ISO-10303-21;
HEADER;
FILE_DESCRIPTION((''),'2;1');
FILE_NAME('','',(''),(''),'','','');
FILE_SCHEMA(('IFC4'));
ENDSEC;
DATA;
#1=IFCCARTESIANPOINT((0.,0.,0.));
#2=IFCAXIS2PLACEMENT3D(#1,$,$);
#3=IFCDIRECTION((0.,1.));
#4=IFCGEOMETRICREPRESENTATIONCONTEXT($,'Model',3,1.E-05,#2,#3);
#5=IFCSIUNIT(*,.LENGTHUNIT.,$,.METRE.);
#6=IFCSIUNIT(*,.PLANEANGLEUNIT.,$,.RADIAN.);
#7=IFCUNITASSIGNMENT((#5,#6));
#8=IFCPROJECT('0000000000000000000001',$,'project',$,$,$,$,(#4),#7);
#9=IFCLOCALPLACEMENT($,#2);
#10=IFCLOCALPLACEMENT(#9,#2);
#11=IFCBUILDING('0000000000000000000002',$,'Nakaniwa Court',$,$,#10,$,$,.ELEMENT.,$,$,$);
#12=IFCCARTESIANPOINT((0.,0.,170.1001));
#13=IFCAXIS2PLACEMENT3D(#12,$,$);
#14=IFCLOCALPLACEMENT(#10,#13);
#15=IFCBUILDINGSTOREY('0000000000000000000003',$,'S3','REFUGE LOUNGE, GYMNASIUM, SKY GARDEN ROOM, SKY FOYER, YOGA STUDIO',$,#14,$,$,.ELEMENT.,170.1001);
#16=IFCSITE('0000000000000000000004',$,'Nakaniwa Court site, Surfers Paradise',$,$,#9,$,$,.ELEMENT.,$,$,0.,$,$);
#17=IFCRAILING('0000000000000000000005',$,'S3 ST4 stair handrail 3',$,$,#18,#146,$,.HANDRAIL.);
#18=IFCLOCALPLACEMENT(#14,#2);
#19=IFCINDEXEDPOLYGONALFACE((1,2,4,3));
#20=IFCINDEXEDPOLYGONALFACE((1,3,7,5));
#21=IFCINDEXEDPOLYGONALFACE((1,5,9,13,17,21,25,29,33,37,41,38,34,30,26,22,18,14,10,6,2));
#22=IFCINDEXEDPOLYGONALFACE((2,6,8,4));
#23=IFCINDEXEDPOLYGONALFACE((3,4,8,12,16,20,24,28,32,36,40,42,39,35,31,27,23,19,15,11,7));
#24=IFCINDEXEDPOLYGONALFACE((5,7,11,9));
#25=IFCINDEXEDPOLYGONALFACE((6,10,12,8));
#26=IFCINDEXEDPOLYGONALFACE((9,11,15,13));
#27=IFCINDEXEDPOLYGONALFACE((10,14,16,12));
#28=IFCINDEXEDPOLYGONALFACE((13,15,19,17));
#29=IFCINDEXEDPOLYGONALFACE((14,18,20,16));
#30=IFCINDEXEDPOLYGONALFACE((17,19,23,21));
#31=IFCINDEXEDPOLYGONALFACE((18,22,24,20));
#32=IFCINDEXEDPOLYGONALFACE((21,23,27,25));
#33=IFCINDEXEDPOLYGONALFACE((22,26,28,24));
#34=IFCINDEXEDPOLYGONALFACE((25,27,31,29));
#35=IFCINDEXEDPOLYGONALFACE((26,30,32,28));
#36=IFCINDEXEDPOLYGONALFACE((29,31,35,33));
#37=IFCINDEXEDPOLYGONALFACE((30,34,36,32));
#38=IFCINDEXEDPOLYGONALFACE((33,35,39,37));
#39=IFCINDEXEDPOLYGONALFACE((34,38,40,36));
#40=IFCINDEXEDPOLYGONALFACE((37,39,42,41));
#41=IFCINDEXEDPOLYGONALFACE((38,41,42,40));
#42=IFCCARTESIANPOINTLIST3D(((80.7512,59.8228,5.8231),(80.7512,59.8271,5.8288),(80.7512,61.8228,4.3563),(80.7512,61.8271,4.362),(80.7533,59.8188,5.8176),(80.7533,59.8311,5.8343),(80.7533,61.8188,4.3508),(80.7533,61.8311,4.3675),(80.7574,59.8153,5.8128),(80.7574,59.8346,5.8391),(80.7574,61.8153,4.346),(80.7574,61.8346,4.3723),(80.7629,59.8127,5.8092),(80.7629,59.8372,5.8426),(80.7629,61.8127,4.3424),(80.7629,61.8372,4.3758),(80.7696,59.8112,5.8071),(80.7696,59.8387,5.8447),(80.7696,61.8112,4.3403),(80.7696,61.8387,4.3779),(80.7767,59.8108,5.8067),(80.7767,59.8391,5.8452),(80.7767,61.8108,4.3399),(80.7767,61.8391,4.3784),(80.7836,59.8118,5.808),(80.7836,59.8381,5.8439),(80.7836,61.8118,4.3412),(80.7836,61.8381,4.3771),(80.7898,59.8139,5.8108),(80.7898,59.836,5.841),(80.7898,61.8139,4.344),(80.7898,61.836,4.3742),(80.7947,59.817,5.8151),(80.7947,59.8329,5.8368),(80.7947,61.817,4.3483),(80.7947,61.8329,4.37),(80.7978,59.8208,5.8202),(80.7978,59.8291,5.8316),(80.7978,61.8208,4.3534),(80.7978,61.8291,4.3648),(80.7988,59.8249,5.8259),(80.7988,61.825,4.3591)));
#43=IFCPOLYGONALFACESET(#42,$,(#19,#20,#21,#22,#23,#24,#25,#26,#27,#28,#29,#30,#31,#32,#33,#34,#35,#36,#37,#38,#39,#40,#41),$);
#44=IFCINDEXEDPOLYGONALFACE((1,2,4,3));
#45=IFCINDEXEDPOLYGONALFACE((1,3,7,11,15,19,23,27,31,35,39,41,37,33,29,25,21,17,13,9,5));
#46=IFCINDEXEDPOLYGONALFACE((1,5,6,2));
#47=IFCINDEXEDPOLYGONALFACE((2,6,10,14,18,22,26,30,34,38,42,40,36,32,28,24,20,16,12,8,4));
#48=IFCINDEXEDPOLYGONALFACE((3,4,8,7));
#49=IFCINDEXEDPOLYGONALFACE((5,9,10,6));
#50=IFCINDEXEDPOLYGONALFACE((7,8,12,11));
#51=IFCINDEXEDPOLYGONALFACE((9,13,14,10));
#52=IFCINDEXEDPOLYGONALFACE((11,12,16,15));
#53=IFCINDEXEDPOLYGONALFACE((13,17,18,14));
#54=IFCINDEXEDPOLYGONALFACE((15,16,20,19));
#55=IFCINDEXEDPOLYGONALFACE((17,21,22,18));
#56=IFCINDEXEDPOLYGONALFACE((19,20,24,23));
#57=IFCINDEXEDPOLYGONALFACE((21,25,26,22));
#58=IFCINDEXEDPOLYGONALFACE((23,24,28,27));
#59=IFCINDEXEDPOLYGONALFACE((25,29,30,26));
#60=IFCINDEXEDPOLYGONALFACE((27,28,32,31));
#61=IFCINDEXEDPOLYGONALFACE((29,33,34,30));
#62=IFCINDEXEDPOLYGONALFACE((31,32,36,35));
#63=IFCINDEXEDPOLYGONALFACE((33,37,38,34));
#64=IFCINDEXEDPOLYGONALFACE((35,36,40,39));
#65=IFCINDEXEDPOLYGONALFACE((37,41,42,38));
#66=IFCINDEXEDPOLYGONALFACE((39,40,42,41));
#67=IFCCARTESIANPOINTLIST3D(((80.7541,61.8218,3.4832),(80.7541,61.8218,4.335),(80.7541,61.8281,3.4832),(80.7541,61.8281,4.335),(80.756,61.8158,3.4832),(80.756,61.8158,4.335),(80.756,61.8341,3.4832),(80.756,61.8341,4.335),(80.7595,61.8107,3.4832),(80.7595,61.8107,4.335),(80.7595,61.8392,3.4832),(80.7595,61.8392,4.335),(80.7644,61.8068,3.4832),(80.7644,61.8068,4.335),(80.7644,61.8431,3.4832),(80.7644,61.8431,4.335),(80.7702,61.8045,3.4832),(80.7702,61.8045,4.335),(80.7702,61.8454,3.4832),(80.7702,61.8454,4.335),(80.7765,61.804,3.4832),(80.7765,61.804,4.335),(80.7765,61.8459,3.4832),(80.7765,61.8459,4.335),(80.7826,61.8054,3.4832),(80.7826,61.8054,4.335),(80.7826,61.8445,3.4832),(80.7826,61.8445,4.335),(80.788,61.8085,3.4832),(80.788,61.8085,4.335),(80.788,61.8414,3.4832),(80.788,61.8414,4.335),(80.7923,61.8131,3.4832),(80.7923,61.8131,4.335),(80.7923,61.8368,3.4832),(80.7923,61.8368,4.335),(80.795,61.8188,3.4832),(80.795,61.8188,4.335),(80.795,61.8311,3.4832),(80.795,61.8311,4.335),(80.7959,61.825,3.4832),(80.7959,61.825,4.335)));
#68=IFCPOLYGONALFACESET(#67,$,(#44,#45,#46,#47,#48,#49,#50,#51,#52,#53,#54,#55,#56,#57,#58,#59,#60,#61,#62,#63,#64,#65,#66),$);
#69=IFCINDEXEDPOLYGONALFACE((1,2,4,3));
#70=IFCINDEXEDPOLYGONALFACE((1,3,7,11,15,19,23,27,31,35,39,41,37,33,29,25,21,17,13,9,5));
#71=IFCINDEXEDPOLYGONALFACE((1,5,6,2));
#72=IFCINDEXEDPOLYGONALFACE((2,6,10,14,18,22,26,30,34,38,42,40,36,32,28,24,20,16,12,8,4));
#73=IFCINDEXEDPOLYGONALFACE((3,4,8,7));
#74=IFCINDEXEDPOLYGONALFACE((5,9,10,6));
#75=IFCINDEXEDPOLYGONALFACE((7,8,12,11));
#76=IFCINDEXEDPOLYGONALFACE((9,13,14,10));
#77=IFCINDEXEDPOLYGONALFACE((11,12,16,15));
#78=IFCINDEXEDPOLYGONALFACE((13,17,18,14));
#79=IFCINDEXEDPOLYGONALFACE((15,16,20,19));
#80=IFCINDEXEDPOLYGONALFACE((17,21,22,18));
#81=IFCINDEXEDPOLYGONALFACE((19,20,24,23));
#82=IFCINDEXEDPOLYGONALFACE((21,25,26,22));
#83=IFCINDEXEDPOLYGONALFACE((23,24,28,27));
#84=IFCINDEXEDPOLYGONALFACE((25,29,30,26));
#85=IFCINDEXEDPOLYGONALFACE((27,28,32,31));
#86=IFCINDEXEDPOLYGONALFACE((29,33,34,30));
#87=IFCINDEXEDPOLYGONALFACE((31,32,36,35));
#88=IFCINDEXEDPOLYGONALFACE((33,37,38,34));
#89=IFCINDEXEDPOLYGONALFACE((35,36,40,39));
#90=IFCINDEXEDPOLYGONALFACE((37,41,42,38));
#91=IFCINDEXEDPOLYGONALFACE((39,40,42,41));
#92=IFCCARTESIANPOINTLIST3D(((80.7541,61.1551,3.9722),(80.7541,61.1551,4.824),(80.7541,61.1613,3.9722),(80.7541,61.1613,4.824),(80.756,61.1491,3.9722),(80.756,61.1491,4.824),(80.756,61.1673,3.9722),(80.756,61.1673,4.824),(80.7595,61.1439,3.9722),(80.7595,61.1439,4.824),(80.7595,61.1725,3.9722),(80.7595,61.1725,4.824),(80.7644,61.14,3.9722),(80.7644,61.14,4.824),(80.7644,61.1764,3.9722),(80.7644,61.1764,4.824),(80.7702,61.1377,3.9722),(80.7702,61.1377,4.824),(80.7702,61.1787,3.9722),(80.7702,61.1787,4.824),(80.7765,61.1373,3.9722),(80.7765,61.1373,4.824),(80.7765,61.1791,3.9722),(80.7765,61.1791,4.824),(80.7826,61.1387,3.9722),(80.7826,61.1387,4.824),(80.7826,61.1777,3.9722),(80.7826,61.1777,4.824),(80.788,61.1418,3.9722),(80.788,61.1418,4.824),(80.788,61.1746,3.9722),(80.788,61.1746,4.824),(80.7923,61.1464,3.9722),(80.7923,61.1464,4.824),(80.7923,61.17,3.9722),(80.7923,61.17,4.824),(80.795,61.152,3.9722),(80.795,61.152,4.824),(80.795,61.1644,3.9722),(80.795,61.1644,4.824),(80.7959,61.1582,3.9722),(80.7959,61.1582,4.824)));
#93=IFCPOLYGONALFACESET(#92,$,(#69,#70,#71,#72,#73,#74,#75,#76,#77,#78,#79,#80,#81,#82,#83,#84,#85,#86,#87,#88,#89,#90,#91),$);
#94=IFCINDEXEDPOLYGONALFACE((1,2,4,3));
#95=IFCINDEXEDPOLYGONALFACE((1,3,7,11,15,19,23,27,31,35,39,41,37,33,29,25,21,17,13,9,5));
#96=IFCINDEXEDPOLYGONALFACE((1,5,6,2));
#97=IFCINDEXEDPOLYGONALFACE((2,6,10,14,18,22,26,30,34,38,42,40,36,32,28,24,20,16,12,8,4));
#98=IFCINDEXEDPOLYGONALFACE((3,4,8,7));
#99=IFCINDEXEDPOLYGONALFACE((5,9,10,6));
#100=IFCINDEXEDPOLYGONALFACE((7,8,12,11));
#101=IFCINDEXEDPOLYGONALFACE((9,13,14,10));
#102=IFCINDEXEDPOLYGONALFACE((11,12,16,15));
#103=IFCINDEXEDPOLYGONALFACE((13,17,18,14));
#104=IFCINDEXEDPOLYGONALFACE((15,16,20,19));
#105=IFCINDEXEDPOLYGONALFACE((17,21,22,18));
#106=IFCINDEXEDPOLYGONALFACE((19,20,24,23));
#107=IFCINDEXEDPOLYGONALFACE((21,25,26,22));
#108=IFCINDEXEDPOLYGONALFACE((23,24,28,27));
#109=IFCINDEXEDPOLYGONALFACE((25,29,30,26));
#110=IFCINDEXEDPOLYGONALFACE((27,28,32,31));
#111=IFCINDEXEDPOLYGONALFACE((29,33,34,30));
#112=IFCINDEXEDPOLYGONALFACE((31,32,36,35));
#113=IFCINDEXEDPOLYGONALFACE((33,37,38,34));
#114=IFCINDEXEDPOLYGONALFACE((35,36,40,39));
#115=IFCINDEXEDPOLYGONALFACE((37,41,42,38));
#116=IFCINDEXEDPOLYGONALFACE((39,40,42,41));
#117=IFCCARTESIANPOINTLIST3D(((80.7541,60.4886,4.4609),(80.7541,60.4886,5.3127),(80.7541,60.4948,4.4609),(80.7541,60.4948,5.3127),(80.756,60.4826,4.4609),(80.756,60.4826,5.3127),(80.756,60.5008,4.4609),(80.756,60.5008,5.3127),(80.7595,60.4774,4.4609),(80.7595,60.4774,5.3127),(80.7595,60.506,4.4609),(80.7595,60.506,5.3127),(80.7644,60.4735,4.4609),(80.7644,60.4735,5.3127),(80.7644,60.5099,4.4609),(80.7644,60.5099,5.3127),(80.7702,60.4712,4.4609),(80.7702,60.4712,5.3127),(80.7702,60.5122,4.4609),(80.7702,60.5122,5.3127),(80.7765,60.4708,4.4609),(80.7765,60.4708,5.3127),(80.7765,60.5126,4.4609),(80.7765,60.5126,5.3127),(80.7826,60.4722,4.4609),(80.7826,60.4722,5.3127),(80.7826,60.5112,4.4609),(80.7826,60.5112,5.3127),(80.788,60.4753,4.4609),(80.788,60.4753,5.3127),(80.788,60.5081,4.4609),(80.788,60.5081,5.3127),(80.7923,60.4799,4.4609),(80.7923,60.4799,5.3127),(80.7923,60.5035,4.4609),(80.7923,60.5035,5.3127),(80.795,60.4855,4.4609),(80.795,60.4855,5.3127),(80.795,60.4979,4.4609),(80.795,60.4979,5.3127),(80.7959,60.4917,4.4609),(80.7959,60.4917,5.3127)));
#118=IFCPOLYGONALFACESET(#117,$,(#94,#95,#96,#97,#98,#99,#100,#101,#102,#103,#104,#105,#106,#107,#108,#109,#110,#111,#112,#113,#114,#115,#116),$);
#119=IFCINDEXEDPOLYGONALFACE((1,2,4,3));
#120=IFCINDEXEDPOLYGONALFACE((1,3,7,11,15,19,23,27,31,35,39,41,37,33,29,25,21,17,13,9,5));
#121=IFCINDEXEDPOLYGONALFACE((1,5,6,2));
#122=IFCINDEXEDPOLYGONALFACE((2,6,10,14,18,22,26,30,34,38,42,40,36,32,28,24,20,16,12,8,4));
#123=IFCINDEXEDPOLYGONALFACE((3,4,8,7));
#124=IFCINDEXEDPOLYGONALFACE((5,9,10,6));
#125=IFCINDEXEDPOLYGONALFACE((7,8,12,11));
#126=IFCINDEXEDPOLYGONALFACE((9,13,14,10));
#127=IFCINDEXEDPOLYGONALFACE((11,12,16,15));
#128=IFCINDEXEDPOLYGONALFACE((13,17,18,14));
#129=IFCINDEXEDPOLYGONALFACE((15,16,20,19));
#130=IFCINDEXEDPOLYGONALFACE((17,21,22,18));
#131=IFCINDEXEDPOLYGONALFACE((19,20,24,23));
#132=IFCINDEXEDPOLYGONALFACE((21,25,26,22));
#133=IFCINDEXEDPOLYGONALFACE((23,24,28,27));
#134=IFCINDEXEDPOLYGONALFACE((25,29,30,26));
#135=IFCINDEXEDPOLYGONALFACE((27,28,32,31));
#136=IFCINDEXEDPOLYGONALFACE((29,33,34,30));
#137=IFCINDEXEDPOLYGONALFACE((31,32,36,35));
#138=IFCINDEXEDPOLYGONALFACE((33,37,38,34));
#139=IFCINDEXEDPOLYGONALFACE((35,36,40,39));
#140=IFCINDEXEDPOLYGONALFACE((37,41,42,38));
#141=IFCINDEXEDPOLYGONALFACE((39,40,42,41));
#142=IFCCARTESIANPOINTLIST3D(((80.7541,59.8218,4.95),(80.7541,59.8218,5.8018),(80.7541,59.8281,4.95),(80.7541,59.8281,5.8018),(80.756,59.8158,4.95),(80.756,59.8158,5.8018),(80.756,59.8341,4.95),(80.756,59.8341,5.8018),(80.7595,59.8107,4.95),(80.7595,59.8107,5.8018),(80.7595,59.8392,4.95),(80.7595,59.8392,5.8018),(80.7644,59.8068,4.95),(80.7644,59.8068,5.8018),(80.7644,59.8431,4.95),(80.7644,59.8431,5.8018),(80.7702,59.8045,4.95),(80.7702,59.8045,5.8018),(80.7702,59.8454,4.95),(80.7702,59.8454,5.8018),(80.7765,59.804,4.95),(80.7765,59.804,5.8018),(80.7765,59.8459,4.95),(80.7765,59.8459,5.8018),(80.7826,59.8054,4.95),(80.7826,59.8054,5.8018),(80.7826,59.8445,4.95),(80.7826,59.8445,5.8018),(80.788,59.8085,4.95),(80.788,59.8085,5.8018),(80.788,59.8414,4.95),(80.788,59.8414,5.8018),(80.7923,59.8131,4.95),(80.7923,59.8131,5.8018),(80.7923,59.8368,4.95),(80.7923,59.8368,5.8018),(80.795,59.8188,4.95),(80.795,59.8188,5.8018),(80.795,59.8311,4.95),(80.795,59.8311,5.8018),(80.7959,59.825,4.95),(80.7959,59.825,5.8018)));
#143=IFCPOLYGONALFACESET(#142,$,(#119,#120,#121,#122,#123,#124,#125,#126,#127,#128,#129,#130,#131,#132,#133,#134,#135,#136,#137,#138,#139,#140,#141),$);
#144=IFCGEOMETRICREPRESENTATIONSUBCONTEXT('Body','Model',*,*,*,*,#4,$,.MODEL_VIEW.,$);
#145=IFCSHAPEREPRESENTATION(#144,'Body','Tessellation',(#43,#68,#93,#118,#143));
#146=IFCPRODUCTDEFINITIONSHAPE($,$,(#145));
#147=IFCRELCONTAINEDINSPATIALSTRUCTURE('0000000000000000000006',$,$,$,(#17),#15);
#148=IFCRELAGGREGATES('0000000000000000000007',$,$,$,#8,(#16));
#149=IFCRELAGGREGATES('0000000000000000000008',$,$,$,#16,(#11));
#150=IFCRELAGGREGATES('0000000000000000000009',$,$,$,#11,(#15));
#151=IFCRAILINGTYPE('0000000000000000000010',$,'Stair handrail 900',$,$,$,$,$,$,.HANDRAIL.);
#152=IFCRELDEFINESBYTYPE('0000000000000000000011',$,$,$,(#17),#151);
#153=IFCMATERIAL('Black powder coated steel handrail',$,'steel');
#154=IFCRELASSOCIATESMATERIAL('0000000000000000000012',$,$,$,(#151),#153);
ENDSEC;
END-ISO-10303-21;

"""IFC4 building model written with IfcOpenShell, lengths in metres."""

from ifc_helpers import new_model, si_unit, direction, frame, origin, origin_2d, place, context, subcontext, project, spatial, circle, extrude, material, type_object, element, save


model = new_model("IFC4")

# Units and contexts
model_context = context("Model", 3, precision=1e-05, world=origin(), true_north=direction((0.0, 1.0)))
body_context = subcontext(model_context, "Body", "Model", "MODEL_VIEW")
ifc_project = project(units=[si_unit("LENGTHUNIT", "METRE"), si_unit("PLANEANGLEUNIT", "RADIAN")], contexts=[model_context])

# Site, building, storey
site_placement = place(None, origin())
site = spatial("IfcSite", under=ifc_project, at=site_placement, Name="Nakaniwa Court site, Surfers Paradise", CompositionType="ELEMENT", RefElevation=0.0)
building_placement = place(site_placement, origin())
building = spatial("IfcBuilding", under=site, at=building_placement, Name="Nakaniwa Court", CompositionType="ELEMENT")
storey_placement = place(building_placement, frame((0.0, 0.0, 170.1001)))
storey = spatial("IfcBuildingStorey", under=building, at=storey_placement, Name="S3", Description="REFUGE LOUNGE, GYMNASIUM, SKY GARDEN ROOM, SKY FOYER, YOGA STUDIO", CompositionType="ELEMENT", Elevation=170.1001)

# Railing
ifc_material_1 = material(Name="Black powder coated steel handrail", Category="steel")
railing_type_1 = type_object("IfcRailingType", Name="Stair handrail 900", PredefinedType="HANDRAIL", material=ifc_material_1)
railing_1_placement = place(storey_placement, frame((80.7749, 61.825, 3.4832)))
element("IfcRailing", 1, at=railing_1_placement, inside=storey, type_object=railing_type_1, Name="S3 ST4 stair handrail 3", PredefinedType="HANDRAIL", context=body_context, shape_type="SweptSolid", body=[
    extrude(circle(Radius=0.0239, at=origin_2d()), frame((0.0, 0.0, 0.876), z_axis=(0.0, -0.80638, 0.591398), x_axis=(1.0, 0.0, 0.0)), (0.0, 0.0, 1.0), 2.4802),
    extrude(circle(Radius=0.021, at=origin_2d()), origin(), (0.0, 0.0, 1.0), 0.8518),
    extrude(circle(Radius=0.021, at=origin_2d()), frame((0.0, -0.6667, 0.489)), (0.0, 0.0, 1.0), 0.8518),
    extrude(circle(Radius=0.021, at=origin_2d()), frame((0.0, -1.3333, 0.9778)), (0.0, 0.0, 1.0), 0.8518),
    extrude(circle(Radius=0.021, at=origin_2d()), frame((0.0, -2.0, 1.4668)), (0.0, 0.0, 1.0), 0.8518),
])

save(model, "model.ifc")
